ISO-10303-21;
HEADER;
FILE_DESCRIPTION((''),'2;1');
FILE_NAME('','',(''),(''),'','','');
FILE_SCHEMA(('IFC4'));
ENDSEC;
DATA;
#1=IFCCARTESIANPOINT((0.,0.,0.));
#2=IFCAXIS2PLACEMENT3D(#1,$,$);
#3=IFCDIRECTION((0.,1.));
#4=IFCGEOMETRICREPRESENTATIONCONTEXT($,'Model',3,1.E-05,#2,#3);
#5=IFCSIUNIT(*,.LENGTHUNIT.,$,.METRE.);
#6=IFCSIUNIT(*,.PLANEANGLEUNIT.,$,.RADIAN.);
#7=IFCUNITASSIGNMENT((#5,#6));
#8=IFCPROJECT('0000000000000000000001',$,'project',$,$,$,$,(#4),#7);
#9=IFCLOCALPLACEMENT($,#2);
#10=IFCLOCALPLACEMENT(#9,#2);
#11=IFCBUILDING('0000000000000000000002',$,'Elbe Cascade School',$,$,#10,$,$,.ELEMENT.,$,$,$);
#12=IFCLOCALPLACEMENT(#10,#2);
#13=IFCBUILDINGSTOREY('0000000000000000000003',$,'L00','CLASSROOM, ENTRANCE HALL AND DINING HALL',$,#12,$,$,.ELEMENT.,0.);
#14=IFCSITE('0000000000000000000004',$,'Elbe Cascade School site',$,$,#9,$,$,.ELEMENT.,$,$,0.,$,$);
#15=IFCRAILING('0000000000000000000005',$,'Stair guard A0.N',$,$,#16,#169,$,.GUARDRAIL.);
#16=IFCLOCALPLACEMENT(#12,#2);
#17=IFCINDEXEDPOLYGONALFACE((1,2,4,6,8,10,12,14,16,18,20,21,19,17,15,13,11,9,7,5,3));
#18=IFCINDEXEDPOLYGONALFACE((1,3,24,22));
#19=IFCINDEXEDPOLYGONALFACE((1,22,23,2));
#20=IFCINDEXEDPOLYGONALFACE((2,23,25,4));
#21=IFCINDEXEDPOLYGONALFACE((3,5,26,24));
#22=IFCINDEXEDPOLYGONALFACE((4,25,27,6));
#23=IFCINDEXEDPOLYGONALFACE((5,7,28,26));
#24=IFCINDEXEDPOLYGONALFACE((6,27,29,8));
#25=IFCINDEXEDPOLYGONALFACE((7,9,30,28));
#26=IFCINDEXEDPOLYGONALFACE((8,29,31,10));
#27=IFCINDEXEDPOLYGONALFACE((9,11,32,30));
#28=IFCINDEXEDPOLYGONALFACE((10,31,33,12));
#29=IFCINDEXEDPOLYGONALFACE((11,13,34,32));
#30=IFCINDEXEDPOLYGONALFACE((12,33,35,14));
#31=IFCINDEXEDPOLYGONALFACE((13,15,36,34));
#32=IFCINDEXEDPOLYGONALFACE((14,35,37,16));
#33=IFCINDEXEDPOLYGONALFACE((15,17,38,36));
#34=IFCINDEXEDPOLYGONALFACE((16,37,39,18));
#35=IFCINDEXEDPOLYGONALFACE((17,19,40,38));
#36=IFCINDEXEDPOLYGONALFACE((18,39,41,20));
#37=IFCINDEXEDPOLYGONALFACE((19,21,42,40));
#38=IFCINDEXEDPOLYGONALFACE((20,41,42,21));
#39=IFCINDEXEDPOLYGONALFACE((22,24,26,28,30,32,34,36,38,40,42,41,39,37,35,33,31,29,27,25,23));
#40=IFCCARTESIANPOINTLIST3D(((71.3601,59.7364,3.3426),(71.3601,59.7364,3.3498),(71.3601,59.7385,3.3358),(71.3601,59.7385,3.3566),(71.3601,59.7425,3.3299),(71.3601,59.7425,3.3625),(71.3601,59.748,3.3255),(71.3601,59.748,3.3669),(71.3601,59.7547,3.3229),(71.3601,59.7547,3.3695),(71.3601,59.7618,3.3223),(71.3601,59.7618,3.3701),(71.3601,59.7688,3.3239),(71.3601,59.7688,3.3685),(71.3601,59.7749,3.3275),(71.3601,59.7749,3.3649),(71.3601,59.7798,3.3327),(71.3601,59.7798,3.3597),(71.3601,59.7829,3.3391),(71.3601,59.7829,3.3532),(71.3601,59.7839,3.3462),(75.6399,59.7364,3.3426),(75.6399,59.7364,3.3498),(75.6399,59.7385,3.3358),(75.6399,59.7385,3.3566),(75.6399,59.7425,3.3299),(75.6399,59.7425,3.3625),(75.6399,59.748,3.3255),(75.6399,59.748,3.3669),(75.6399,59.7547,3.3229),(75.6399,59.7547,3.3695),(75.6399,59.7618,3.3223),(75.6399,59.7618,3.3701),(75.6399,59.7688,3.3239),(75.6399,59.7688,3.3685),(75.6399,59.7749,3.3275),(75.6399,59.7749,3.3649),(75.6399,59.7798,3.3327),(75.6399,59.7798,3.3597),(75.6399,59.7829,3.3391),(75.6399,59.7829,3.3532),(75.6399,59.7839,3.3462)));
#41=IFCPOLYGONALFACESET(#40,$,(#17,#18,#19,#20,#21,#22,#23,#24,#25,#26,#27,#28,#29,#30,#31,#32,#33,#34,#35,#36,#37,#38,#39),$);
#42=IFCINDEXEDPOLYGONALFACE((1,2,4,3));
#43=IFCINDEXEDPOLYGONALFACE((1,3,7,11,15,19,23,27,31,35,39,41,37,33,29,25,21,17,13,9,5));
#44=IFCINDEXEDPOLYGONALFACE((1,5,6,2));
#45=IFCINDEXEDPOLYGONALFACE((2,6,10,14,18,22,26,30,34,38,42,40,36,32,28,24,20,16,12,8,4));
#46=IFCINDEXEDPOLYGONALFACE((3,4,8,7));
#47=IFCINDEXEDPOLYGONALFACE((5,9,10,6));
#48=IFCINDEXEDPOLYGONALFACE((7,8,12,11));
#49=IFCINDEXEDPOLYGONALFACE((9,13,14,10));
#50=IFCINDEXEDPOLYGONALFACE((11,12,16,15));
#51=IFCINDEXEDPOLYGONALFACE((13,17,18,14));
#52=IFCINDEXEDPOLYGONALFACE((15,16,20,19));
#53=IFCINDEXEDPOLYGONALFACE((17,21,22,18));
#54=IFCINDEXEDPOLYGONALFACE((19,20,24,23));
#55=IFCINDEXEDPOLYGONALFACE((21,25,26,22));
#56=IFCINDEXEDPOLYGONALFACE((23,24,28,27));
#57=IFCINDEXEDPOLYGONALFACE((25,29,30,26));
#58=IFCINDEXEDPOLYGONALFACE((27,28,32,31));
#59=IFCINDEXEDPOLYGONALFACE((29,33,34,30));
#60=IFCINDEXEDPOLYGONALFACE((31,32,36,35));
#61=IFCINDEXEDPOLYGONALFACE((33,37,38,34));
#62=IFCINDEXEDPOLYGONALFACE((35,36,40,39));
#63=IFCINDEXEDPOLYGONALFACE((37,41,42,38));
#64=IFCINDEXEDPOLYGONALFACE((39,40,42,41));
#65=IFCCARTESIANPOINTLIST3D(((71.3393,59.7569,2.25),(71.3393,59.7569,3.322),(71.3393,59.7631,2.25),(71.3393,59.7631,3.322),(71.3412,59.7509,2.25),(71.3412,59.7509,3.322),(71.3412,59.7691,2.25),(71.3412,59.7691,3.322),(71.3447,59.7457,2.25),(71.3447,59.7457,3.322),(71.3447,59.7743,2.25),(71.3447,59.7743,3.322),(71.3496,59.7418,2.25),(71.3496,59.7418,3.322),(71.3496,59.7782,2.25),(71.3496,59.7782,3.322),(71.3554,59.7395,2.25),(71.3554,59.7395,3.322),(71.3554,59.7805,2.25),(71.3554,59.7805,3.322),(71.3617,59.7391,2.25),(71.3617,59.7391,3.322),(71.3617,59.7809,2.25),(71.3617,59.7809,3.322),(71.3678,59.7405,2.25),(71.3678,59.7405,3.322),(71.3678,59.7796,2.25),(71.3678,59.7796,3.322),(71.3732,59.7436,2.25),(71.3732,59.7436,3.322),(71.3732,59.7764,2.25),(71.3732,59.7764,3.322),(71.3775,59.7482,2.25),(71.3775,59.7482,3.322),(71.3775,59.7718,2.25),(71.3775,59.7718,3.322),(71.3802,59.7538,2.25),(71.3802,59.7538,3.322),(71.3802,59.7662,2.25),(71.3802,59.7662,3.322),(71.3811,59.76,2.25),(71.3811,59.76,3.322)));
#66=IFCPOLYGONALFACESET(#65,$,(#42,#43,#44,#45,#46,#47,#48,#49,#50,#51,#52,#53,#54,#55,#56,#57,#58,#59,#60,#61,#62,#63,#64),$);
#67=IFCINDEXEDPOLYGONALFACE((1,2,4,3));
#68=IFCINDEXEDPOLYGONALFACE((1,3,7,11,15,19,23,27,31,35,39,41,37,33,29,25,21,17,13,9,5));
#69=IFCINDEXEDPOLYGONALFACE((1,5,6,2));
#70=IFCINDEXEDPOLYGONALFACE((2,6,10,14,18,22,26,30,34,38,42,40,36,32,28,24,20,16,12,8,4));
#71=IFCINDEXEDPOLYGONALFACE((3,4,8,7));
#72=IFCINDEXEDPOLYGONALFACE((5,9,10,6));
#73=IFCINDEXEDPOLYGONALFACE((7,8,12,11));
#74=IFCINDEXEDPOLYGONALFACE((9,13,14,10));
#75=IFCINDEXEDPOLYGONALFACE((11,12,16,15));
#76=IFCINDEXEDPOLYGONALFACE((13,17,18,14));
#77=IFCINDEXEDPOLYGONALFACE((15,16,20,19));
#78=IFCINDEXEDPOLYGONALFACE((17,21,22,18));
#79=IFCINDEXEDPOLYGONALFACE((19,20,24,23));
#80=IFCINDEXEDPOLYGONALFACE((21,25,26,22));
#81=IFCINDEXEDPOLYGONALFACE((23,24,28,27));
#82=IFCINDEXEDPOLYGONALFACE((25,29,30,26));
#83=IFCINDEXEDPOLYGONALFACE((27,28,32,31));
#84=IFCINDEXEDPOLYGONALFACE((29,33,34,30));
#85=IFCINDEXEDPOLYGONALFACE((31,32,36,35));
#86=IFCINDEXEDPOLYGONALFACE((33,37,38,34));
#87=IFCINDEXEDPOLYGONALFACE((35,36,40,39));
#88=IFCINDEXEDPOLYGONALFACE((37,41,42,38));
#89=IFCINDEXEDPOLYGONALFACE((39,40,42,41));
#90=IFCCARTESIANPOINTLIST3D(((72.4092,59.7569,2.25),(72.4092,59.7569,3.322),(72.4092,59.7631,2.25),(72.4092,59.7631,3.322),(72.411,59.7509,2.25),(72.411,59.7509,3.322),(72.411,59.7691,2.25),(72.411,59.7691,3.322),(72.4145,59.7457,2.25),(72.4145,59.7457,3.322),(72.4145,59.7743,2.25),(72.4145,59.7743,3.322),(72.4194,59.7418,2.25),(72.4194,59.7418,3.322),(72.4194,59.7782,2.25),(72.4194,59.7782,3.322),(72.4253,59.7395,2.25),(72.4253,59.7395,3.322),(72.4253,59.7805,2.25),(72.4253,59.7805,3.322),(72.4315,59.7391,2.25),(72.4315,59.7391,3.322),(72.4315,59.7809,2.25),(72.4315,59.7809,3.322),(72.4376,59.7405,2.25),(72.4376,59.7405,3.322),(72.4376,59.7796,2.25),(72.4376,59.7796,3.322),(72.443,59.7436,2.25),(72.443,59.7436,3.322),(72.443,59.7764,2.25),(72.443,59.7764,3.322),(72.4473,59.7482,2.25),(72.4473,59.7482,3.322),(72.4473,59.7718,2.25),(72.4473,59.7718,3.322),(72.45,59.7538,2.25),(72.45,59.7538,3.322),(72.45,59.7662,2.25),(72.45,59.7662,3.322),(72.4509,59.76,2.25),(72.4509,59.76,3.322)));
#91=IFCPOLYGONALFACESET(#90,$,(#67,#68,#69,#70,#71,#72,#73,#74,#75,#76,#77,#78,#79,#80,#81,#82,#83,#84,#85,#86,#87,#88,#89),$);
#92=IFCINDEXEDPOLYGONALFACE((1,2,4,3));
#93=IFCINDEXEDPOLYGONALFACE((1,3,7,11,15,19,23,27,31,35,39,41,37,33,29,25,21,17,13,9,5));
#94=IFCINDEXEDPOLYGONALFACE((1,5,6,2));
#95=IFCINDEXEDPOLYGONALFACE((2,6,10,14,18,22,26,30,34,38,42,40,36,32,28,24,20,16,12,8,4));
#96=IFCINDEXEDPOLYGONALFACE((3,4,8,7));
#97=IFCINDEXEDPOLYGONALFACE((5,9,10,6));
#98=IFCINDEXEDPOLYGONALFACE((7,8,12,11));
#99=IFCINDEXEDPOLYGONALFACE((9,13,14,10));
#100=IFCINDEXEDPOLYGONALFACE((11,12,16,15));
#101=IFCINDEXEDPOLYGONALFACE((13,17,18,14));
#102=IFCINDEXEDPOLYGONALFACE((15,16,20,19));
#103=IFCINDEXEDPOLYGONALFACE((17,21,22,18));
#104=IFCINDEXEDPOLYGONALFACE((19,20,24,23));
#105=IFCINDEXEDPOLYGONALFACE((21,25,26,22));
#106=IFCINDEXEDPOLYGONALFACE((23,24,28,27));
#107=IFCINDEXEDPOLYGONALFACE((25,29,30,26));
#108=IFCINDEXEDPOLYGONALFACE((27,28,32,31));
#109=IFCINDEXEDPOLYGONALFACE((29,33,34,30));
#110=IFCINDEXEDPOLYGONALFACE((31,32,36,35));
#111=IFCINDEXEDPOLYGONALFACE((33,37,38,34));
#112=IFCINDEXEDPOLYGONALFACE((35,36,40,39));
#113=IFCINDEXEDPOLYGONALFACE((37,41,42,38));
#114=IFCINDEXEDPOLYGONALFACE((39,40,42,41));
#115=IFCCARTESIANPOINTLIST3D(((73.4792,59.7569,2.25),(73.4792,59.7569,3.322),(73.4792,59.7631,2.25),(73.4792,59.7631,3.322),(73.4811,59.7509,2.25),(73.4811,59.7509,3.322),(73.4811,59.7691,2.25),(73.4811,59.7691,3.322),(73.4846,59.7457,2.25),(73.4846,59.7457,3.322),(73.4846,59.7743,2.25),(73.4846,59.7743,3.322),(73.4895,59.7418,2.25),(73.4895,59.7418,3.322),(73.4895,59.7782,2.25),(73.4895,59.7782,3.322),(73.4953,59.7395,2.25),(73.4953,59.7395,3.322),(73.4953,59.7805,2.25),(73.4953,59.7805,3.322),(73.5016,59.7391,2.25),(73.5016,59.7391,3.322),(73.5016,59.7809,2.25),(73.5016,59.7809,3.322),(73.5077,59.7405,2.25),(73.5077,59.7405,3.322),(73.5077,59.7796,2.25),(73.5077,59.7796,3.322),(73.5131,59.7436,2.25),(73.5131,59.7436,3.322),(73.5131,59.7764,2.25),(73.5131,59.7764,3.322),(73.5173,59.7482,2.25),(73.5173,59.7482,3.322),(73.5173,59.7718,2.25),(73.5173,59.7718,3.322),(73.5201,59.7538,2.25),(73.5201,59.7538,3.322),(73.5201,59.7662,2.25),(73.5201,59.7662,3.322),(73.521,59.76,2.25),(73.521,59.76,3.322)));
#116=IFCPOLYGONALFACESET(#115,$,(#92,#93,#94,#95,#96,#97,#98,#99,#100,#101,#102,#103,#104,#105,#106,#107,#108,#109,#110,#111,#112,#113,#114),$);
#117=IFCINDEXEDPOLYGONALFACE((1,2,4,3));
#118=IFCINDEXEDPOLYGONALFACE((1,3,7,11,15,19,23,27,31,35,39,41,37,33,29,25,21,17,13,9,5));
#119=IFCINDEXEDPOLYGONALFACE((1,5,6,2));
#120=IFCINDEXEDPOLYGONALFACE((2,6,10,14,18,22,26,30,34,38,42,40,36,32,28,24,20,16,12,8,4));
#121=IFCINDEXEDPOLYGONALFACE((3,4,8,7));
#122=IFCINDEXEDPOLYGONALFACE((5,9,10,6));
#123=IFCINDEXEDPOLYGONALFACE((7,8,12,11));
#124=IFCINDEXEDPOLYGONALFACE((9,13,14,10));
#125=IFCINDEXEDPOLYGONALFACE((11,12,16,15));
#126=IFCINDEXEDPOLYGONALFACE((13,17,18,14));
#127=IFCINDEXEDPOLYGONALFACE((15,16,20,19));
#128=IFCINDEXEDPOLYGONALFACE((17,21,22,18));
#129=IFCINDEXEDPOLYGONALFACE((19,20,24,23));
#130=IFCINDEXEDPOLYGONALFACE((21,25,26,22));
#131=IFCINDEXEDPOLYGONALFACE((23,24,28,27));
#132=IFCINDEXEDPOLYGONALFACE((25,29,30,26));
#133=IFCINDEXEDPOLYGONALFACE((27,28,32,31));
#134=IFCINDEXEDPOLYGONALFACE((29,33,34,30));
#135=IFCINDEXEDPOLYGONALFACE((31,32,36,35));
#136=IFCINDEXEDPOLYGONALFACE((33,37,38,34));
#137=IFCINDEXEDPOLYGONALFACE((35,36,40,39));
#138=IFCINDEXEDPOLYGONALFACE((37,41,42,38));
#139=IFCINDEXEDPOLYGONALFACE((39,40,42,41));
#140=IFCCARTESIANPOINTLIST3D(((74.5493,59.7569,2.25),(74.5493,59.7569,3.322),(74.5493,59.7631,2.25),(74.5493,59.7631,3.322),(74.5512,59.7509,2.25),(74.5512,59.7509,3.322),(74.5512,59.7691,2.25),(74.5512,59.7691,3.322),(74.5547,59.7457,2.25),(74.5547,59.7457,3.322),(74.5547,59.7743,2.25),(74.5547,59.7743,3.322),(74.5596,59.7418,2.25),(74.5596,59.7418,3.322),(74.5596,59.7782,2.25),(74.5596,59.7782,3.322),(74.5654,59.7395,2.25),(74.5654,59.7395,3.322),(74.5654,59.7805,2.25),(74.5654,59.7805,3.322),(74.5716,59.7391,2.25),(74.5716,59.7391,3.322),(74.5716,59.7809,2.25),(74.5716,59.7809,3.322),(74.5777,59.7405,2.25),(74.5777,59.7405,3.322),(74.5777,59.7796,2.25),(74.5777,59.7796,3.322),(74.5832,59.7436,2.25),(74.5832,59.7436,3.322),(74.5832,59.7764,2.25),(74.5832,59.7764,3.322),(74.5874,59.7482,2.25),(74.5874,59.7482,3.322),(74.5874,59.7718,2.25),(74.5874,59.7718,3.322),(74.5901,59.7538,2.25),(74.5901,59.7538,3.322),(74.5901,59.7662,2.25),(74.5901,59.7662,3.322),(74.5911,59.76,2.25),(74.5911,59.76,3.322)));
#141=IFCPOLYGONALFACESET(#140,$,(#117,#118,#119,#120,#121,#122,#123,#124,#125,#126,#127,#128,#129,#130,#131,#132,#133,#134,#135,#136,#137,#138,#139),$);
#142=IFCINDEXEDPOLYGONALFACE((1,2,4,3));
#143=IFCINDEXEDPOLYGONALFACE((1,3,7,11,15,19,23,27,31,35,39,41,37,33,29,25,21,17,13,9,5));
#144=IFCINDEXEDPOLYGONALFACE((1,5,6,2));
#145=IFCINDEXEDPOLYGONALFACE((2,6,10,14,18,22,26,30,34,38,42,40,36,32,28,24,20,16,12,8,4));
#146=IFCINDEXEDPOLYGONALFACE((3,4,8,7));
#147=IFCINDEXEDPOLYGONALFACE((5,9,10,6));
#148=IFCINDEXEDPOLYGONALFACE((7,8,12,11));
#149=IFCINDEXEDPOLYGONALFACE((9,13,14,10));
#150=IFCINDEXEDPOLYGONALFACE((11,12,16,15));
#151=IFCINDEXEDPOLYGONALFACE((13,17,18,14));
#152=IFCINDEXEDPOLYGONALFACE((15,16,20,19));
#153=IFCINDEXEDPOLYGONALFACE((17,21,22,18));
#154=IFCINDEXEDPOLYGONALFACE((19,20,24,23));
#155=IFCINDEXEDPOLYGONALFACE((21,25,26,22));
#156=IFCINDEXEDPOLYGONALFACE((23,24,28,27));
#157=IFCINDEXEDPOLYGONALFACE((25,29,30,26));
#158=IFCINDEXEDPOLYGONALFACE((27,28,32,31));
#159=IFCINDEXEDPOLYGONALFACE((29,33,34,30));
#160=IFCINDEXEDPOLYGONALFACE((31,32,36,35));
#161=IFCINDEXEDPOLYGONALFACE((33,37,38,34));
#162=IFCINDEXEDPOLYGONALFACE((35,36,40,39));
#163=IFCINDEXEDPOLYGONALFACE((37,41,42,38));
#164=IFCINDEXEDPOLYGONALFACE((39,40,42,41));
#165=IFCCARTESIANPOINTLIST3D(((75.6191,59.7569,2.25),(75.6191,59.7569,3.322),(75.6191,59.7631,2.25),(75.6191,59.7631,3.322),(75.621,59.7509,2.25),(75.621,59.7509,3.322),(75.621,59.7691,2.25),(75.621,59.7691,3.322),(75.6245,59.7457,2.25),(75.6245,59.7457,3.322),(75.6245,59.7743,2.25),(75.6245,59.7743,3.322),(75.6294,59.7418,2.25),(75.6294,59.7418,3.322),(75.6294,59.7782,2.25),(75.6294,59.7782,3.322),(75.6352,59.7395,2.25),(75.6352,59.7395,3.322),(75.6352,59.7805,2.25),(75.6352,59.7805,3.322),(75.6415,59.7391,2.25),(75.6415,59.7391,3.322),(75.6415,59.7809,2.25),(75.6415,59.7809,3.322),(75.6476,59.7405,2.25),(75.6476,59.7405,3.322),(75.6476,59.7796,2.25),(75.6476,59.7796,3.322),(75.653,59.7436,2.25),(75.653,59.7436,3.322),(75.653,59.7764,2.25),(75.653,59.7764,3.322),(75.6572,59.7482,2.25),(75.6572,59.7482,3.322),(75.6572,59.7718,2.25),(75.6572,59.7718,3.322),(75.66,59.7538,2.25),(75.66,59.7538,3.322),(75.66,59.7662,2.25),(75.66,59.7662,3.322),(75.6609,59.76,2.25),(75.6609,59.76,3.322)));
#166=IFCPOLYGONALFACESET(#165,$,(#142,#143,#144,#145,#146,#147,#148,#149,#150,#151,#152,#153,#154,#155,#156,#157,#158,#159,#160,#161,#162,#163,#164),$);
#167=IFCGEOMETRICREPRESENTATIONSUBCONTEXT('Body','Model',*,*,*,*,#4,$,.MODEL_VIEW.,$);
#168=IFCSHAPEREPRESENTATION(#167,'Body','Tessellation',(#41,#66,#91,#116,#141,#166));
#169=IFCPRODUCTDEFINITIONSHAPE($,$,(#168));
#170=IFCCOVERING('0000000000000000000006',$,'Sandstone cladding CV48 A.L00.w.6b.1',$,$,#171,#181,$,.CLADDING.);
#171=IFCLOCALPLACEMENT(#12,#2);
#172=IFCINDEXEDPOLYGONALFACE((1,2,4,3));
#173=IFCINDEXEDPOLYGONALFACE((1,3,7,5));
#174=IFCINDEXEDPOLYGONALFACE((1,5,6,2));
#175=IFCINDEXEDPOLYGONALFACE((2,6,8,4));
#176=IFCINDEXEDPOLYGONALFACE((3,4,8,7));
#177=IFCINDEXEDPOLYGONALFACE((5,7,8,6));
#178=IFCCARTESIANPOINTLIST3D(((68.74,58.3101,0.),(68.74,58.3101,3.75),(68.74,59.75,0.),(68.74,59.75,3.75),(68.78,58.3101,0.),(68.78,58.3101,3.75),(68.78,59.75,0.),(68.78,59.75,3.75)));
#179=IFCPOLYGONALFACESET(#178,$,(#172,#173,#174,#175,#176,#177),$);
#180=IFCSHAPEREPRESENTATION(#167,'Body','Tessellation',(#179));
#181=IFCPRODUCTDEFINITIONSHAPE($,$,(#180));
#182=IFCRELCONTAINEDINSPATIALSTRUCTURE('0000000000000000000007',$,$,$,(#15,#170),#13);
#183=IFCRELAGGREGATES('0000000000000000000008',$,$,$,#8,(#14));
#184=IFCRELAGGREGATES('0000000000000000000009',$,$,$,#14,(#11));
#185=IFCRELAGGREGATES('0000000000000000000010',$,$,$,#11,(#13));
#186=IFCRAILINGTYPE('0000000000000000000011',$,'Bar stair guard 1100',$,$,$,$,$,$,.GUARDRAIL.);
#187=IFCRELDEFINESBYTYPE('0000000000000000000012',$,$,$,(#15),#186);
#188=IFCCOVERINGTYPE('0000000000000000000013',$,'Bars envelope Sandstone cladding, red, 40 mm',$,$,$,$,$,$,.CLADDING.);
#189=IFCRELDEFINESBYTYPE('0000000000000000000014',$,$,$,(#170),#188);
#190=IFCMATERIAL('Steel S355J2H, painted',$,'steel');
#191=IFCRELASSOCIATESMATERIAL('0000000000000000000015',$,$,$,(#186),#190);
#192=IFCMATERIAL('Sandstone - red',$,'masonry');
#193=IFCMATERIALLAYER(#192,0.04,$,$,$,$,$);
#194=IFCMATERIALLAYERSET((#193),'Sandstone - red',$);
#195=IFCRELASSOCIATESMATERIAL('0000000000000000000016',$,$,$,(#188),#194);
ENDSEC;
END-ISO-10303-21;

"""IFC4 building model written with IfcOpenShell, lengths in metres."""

from ifc_helpers import new_model, si_unit, direction, frame, origin, origin_2d, place, context, subcontext, project, spatial, rectangle, circle, extrude, material, layer, layer_set, type_object, element, save


model = new_model("IFC4")

# Units and contexts
model_context = context("Model", 3, precision=1e-05, world=origin(), true_north=direction((0.0, 1.0)))
body_context = subcontext(model_context, "Body", "Model", "MODEL_VIEW")
ifc_project = project(units=[si_unit("LENGTHUNIT", "METRE"), si_unit("PLANEANGLEUNIT", "RADIAN")], contexts=[model_context])

# Site, building, storey
site_placement = place(None, origin())
site = spatial("IfcSite", under=ifc_project, at=site_placement, Name="Elbe Cascade School site", CompositionType="ELEMENT", RefElevation=0.0)
building_placement = place(site_placement, origin())
building = spatial("IfcBuilding", under=site, at=building_placement, Name="Elbe Cascade School", CompositionType="ELEMENT")
storey_placement = place(building_placement, origin())
storey = spatial("IfcBuildingStorey", under=building, at=storey_placement, Name="L00", Description="CLASSROOM, ENTRANCE HALL AND DINING HALL", CompositionType="ELEMENT", Elevation=0.0)

# Railing
ifc_material_1 = material(Name="Steel S355J2H, painted", Category="steel")
railing_type = type_object("IfcRailingType", Name="Bar stair guard 1100", PredefinedType="GUARDRAIL", material=ifc_material_1)
railing_placement = place(storey_placement, frame((71.3601, 59.76, 2.25)))
element("IfcRailing", 1, at=railing_placement, inside=storey, type_object=railing_type, Name="Stair guard A0.N", PredefinedType="GUARDRAIL", context=body_context, shape_type="SweptSolid", body=[
    extrude(circle(Radius=0.0239, at=origin_2d()), frame((0.0, 0.0, 1.0962), z_axis=(1.0, 0.0, 0.0), x_axis=(0.0, 1.0, 0.0)), (0.0, 0.0, 1.0), 4.2798),
    extrude(circle(Radius=0.021, at=origin_2d()), origin(), (0.0, 0.0, 1.0), 1.072),
    extrude(circle(Radius=0.021, at=origin_2d()), frame((1.0698, 0.0, 0.0)), (0.0, 0.0, 1.0), 1.072),
    extrude(circle(Radius=0.021, at=origin_2d()), frame((2.1399, 0.0, 0.0)), (0.0, 0.0, 1.0), 1.072),
    extrude(circle(Radius=0.021, at=origin_2d()), frame((3.21, 0.0, 0.0)), (0.0, 0.0, 1.0), 1.072),
    extrude(circle(Radius=0.021, at=origin_2d()), frame((4.2798, 0.0, 0.0)), (0.0, 0.0, 1.0), 1.072),
])

# Covering
ifc_material_2 = material(Name="Sandstone - red", Category="masonry")
ifc_layer_1 = layer(ifc_material_2, 0.04)
ifc_layer_set_1 = layer_set([ifc_layer_1], Name="Sandstone - red")
covering_type = type_object("IfcCoveringType", Name="Bars envelope Sandstone cladding, red, 40 mm", PredefinedType="CLADDING", material=ifc_layer_set_1)
covering_placement = place(storey_placement, frame((68.76, 59.03, 0.0), z_axis=(0.0, 0.0, 1.0), x_axis=(0.0, 1.0, 0.0)))
element("IfcCovering", 2, at=covering_placement, inside=storey, type_object=covering_type, Name="Sandstone cladding CV48 A.L00.w.6b.1", PredefinedType="CLADDING", context=body_context, shape_type="SweptSolid", body=[
    extrude(rectangle(XDim=1.4399, YDim=0.04, at=origin_2d()), origin(), (0.0, 0.0, 1.0), 3.75),
])

save(model, "model.ifc")
